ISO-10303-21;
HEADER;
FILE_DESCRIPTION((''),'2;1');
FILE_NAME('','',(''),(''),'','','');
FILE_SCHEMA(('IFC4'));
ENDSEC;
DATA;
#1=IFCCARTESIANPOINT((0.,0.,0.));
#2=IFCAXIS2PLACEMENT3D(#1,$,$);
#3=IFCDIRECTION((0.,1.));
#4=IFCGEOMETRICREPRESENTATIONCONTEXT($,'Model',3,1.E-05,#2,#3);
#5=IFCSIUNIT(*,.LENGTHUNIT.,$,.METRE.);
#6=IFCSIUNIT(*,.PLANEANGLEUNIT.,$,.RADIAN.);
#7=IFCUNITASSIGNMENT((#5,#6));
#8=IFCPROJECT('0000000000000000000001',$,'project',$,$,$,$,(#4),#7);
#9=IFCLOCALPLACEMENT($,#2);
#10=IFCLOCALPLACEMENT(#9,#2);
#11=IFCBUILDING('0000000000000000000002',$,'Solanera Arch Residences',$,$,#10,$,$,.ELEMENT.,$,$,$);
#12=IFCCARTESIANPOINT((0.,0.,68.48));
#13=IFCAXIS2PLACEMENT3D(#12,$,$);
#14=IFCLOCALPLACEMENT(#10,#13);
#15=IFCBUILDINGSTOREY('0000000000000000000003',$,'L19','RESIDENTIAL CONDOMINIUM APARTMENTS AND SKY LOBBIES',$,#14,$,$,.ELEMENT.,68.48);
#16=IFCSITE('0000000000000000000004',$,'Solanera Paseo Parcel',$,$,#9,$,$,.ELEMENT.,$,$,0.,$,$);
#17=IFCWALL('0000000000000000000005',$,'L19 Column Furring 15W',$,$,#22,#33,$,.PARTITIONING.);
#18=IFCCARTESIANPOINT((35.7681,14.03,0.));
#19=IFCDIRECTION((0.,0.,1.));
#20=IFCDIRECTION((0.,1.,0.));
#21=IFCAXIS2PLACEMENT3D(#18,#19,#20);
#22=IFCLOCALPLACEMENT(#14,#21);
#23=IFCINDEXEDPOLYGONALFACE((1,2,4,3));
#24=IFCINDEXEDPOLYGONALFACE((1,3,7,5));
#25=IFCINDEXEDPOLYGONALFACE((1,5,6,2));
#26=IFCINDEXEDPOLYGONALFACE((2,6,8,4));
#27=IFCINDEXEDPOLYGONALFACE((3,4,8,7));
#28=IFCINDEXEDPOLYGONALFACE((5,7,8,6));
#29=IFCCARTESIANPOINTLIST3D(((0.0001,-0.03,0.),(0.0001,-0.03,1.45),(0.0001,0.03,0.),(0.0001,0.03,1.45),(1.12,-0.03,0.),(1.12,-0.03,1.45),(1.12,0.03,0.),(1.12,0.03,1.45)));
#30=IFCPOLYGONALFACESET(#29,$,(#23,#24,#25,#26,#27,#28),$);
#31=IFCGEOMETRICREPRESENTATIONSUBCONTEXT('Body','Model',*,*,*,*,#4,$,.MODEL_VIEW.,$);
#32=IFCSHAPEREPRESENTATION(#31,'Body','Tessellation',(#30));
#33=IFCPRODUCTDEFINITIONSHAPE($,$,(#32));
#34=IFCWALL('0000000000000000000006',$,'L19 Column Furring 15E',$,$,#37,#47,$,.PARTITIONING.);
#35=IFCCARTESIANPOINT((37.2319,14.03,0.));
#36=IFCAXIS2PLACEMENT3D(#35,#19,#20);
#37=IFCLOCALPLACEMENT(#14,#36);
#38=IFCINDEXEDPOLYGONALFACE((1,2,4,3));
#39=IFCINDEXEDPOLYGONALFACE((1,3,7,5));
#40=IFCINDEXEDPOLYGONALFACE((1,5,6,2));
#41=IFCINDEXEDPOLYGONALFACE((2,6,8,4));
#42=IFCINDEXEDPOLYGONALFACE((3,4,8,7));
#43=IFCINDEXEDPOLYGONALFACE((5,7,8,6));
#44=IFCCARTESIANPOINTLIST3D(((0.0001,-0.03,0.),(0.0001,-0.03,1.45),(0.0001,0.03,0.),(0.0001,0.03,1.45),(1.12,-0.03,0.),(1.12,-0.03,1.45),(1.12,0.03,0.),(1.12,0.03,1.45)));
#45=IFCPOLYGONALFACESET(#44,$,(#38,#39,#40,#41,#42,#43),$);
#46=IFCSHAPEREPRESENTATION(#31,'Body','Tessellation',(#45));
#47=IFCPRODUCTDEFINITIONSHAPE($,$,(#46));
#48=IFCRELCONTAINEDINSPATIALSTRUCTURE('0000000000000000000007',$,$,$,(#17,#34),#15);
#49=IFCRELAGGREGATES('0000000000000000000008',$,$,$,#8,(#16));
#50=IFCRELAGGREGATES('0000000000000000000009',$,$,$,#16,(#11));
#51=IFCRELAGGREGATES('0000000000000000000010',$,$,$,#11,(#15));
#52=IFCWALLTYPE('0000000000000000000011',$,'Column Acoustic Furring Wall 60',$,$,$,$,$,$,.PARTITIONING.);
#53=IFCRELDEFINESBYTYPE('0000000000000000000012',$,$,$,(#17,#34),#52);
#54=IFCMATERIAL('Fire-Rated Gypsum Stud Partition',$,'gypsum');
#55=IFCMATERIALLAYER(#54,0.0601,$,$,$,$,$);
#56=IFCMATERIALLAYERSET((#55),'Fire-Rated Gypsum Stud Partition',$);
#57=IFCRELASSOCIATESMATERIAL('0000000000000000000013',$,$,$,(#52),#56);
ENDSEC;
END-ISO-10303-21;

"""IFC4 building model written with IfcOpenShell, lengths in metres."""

from ifc_helpers import new_model, si_unit, direction, frame, frame_2d, origin, place, context, subcontext, project, spatial, rectangle, extrude, material, layer, layer_set, type_object, element, save


model = new_model("IFC4")

# Units and contexts
model_context = context("Model", 3, precision=1e-05, world=origin(), true_north=direction((0.0, 1.0)))
body_context = subcontext(model_context, "Body", "Model", "MODEL_VIEW")
ifc_project = project(units=[si_unit("LENGTHUNIT", "METRE"), si_unit("PLANEANGLEUNIT", "RADIAN")], contexts=[model_context])

# Site, building, storey
site_placement = place(None, origin())
site = spatial("IfcSite", under=ifc_project, at=site_placement, Name="Solanera Paseo Parcel", CompositionType="ELEMENT", RefElevation=0.0)
building_placement = place(site_placement, origin())
building = spatial("IfcBuilding", under=site, at=building_placement, Name="Solanera Arch Residences", CompositionType="ELEMENT")
storey_placement = place(building_placement, frame((0.0, 0.0, 68.48)))
storey = spatial("IfcBuildingStorey", under=building, at=storey_placement, Name="L19", Description="RESIDENTIAL CONDOMINIUM APARTMENTS AND SKY LOBBIES", CompositionType="ELEMENT", Elevation=68.48)

# Walls
ifc_material_1 = material(Name="Fire-Rated Gypsum Stud Partition", Category="gypsum")
ifc_layer_1 = layer(ifc_material_1, 0.0601)
ifc_layer_set_1 = layer_set([ifc_layer_1], Name="Fire-Rated Gypsum Stud Partition")
wall_type_1 = type_object("IfcWallType", Name="Column Acoustic Furring Wall 60", PredefinedType="PARTITIONING", material=ifc_layer_set_1)
for number, where, z_axis, x_axis, name in (
    (1, (35.7681, 14.03, 0.0), (0.0, 0.0, 1.0), (0.0, 1.0, 0.0), "L19 Column Furring 15W"),
    (2, (37.2319, 14.03, 0.0), (0.0, 0.0, 1.0), (0.0, 1.0, 0.0), "L19 Column Furring 15E"),
):
    element("IfcWall", number, at=place(storey_placement, frame(where, z_axis=z_axis, x_axis=x_axis)), inside=storey, type_object=wall_type_1, Name=name, PredefinedType="PARTITIONING", context=body_context, shape_type="SweptSolid", body=[
        extrude(rectangle(XDim=1.1199, YDim=0.0601, at=frame_2d((0.5601, 0.0))), origin(), (0.0, 0.0, 1.0), 1.45),
    ])

save(model, "model.ifc")
